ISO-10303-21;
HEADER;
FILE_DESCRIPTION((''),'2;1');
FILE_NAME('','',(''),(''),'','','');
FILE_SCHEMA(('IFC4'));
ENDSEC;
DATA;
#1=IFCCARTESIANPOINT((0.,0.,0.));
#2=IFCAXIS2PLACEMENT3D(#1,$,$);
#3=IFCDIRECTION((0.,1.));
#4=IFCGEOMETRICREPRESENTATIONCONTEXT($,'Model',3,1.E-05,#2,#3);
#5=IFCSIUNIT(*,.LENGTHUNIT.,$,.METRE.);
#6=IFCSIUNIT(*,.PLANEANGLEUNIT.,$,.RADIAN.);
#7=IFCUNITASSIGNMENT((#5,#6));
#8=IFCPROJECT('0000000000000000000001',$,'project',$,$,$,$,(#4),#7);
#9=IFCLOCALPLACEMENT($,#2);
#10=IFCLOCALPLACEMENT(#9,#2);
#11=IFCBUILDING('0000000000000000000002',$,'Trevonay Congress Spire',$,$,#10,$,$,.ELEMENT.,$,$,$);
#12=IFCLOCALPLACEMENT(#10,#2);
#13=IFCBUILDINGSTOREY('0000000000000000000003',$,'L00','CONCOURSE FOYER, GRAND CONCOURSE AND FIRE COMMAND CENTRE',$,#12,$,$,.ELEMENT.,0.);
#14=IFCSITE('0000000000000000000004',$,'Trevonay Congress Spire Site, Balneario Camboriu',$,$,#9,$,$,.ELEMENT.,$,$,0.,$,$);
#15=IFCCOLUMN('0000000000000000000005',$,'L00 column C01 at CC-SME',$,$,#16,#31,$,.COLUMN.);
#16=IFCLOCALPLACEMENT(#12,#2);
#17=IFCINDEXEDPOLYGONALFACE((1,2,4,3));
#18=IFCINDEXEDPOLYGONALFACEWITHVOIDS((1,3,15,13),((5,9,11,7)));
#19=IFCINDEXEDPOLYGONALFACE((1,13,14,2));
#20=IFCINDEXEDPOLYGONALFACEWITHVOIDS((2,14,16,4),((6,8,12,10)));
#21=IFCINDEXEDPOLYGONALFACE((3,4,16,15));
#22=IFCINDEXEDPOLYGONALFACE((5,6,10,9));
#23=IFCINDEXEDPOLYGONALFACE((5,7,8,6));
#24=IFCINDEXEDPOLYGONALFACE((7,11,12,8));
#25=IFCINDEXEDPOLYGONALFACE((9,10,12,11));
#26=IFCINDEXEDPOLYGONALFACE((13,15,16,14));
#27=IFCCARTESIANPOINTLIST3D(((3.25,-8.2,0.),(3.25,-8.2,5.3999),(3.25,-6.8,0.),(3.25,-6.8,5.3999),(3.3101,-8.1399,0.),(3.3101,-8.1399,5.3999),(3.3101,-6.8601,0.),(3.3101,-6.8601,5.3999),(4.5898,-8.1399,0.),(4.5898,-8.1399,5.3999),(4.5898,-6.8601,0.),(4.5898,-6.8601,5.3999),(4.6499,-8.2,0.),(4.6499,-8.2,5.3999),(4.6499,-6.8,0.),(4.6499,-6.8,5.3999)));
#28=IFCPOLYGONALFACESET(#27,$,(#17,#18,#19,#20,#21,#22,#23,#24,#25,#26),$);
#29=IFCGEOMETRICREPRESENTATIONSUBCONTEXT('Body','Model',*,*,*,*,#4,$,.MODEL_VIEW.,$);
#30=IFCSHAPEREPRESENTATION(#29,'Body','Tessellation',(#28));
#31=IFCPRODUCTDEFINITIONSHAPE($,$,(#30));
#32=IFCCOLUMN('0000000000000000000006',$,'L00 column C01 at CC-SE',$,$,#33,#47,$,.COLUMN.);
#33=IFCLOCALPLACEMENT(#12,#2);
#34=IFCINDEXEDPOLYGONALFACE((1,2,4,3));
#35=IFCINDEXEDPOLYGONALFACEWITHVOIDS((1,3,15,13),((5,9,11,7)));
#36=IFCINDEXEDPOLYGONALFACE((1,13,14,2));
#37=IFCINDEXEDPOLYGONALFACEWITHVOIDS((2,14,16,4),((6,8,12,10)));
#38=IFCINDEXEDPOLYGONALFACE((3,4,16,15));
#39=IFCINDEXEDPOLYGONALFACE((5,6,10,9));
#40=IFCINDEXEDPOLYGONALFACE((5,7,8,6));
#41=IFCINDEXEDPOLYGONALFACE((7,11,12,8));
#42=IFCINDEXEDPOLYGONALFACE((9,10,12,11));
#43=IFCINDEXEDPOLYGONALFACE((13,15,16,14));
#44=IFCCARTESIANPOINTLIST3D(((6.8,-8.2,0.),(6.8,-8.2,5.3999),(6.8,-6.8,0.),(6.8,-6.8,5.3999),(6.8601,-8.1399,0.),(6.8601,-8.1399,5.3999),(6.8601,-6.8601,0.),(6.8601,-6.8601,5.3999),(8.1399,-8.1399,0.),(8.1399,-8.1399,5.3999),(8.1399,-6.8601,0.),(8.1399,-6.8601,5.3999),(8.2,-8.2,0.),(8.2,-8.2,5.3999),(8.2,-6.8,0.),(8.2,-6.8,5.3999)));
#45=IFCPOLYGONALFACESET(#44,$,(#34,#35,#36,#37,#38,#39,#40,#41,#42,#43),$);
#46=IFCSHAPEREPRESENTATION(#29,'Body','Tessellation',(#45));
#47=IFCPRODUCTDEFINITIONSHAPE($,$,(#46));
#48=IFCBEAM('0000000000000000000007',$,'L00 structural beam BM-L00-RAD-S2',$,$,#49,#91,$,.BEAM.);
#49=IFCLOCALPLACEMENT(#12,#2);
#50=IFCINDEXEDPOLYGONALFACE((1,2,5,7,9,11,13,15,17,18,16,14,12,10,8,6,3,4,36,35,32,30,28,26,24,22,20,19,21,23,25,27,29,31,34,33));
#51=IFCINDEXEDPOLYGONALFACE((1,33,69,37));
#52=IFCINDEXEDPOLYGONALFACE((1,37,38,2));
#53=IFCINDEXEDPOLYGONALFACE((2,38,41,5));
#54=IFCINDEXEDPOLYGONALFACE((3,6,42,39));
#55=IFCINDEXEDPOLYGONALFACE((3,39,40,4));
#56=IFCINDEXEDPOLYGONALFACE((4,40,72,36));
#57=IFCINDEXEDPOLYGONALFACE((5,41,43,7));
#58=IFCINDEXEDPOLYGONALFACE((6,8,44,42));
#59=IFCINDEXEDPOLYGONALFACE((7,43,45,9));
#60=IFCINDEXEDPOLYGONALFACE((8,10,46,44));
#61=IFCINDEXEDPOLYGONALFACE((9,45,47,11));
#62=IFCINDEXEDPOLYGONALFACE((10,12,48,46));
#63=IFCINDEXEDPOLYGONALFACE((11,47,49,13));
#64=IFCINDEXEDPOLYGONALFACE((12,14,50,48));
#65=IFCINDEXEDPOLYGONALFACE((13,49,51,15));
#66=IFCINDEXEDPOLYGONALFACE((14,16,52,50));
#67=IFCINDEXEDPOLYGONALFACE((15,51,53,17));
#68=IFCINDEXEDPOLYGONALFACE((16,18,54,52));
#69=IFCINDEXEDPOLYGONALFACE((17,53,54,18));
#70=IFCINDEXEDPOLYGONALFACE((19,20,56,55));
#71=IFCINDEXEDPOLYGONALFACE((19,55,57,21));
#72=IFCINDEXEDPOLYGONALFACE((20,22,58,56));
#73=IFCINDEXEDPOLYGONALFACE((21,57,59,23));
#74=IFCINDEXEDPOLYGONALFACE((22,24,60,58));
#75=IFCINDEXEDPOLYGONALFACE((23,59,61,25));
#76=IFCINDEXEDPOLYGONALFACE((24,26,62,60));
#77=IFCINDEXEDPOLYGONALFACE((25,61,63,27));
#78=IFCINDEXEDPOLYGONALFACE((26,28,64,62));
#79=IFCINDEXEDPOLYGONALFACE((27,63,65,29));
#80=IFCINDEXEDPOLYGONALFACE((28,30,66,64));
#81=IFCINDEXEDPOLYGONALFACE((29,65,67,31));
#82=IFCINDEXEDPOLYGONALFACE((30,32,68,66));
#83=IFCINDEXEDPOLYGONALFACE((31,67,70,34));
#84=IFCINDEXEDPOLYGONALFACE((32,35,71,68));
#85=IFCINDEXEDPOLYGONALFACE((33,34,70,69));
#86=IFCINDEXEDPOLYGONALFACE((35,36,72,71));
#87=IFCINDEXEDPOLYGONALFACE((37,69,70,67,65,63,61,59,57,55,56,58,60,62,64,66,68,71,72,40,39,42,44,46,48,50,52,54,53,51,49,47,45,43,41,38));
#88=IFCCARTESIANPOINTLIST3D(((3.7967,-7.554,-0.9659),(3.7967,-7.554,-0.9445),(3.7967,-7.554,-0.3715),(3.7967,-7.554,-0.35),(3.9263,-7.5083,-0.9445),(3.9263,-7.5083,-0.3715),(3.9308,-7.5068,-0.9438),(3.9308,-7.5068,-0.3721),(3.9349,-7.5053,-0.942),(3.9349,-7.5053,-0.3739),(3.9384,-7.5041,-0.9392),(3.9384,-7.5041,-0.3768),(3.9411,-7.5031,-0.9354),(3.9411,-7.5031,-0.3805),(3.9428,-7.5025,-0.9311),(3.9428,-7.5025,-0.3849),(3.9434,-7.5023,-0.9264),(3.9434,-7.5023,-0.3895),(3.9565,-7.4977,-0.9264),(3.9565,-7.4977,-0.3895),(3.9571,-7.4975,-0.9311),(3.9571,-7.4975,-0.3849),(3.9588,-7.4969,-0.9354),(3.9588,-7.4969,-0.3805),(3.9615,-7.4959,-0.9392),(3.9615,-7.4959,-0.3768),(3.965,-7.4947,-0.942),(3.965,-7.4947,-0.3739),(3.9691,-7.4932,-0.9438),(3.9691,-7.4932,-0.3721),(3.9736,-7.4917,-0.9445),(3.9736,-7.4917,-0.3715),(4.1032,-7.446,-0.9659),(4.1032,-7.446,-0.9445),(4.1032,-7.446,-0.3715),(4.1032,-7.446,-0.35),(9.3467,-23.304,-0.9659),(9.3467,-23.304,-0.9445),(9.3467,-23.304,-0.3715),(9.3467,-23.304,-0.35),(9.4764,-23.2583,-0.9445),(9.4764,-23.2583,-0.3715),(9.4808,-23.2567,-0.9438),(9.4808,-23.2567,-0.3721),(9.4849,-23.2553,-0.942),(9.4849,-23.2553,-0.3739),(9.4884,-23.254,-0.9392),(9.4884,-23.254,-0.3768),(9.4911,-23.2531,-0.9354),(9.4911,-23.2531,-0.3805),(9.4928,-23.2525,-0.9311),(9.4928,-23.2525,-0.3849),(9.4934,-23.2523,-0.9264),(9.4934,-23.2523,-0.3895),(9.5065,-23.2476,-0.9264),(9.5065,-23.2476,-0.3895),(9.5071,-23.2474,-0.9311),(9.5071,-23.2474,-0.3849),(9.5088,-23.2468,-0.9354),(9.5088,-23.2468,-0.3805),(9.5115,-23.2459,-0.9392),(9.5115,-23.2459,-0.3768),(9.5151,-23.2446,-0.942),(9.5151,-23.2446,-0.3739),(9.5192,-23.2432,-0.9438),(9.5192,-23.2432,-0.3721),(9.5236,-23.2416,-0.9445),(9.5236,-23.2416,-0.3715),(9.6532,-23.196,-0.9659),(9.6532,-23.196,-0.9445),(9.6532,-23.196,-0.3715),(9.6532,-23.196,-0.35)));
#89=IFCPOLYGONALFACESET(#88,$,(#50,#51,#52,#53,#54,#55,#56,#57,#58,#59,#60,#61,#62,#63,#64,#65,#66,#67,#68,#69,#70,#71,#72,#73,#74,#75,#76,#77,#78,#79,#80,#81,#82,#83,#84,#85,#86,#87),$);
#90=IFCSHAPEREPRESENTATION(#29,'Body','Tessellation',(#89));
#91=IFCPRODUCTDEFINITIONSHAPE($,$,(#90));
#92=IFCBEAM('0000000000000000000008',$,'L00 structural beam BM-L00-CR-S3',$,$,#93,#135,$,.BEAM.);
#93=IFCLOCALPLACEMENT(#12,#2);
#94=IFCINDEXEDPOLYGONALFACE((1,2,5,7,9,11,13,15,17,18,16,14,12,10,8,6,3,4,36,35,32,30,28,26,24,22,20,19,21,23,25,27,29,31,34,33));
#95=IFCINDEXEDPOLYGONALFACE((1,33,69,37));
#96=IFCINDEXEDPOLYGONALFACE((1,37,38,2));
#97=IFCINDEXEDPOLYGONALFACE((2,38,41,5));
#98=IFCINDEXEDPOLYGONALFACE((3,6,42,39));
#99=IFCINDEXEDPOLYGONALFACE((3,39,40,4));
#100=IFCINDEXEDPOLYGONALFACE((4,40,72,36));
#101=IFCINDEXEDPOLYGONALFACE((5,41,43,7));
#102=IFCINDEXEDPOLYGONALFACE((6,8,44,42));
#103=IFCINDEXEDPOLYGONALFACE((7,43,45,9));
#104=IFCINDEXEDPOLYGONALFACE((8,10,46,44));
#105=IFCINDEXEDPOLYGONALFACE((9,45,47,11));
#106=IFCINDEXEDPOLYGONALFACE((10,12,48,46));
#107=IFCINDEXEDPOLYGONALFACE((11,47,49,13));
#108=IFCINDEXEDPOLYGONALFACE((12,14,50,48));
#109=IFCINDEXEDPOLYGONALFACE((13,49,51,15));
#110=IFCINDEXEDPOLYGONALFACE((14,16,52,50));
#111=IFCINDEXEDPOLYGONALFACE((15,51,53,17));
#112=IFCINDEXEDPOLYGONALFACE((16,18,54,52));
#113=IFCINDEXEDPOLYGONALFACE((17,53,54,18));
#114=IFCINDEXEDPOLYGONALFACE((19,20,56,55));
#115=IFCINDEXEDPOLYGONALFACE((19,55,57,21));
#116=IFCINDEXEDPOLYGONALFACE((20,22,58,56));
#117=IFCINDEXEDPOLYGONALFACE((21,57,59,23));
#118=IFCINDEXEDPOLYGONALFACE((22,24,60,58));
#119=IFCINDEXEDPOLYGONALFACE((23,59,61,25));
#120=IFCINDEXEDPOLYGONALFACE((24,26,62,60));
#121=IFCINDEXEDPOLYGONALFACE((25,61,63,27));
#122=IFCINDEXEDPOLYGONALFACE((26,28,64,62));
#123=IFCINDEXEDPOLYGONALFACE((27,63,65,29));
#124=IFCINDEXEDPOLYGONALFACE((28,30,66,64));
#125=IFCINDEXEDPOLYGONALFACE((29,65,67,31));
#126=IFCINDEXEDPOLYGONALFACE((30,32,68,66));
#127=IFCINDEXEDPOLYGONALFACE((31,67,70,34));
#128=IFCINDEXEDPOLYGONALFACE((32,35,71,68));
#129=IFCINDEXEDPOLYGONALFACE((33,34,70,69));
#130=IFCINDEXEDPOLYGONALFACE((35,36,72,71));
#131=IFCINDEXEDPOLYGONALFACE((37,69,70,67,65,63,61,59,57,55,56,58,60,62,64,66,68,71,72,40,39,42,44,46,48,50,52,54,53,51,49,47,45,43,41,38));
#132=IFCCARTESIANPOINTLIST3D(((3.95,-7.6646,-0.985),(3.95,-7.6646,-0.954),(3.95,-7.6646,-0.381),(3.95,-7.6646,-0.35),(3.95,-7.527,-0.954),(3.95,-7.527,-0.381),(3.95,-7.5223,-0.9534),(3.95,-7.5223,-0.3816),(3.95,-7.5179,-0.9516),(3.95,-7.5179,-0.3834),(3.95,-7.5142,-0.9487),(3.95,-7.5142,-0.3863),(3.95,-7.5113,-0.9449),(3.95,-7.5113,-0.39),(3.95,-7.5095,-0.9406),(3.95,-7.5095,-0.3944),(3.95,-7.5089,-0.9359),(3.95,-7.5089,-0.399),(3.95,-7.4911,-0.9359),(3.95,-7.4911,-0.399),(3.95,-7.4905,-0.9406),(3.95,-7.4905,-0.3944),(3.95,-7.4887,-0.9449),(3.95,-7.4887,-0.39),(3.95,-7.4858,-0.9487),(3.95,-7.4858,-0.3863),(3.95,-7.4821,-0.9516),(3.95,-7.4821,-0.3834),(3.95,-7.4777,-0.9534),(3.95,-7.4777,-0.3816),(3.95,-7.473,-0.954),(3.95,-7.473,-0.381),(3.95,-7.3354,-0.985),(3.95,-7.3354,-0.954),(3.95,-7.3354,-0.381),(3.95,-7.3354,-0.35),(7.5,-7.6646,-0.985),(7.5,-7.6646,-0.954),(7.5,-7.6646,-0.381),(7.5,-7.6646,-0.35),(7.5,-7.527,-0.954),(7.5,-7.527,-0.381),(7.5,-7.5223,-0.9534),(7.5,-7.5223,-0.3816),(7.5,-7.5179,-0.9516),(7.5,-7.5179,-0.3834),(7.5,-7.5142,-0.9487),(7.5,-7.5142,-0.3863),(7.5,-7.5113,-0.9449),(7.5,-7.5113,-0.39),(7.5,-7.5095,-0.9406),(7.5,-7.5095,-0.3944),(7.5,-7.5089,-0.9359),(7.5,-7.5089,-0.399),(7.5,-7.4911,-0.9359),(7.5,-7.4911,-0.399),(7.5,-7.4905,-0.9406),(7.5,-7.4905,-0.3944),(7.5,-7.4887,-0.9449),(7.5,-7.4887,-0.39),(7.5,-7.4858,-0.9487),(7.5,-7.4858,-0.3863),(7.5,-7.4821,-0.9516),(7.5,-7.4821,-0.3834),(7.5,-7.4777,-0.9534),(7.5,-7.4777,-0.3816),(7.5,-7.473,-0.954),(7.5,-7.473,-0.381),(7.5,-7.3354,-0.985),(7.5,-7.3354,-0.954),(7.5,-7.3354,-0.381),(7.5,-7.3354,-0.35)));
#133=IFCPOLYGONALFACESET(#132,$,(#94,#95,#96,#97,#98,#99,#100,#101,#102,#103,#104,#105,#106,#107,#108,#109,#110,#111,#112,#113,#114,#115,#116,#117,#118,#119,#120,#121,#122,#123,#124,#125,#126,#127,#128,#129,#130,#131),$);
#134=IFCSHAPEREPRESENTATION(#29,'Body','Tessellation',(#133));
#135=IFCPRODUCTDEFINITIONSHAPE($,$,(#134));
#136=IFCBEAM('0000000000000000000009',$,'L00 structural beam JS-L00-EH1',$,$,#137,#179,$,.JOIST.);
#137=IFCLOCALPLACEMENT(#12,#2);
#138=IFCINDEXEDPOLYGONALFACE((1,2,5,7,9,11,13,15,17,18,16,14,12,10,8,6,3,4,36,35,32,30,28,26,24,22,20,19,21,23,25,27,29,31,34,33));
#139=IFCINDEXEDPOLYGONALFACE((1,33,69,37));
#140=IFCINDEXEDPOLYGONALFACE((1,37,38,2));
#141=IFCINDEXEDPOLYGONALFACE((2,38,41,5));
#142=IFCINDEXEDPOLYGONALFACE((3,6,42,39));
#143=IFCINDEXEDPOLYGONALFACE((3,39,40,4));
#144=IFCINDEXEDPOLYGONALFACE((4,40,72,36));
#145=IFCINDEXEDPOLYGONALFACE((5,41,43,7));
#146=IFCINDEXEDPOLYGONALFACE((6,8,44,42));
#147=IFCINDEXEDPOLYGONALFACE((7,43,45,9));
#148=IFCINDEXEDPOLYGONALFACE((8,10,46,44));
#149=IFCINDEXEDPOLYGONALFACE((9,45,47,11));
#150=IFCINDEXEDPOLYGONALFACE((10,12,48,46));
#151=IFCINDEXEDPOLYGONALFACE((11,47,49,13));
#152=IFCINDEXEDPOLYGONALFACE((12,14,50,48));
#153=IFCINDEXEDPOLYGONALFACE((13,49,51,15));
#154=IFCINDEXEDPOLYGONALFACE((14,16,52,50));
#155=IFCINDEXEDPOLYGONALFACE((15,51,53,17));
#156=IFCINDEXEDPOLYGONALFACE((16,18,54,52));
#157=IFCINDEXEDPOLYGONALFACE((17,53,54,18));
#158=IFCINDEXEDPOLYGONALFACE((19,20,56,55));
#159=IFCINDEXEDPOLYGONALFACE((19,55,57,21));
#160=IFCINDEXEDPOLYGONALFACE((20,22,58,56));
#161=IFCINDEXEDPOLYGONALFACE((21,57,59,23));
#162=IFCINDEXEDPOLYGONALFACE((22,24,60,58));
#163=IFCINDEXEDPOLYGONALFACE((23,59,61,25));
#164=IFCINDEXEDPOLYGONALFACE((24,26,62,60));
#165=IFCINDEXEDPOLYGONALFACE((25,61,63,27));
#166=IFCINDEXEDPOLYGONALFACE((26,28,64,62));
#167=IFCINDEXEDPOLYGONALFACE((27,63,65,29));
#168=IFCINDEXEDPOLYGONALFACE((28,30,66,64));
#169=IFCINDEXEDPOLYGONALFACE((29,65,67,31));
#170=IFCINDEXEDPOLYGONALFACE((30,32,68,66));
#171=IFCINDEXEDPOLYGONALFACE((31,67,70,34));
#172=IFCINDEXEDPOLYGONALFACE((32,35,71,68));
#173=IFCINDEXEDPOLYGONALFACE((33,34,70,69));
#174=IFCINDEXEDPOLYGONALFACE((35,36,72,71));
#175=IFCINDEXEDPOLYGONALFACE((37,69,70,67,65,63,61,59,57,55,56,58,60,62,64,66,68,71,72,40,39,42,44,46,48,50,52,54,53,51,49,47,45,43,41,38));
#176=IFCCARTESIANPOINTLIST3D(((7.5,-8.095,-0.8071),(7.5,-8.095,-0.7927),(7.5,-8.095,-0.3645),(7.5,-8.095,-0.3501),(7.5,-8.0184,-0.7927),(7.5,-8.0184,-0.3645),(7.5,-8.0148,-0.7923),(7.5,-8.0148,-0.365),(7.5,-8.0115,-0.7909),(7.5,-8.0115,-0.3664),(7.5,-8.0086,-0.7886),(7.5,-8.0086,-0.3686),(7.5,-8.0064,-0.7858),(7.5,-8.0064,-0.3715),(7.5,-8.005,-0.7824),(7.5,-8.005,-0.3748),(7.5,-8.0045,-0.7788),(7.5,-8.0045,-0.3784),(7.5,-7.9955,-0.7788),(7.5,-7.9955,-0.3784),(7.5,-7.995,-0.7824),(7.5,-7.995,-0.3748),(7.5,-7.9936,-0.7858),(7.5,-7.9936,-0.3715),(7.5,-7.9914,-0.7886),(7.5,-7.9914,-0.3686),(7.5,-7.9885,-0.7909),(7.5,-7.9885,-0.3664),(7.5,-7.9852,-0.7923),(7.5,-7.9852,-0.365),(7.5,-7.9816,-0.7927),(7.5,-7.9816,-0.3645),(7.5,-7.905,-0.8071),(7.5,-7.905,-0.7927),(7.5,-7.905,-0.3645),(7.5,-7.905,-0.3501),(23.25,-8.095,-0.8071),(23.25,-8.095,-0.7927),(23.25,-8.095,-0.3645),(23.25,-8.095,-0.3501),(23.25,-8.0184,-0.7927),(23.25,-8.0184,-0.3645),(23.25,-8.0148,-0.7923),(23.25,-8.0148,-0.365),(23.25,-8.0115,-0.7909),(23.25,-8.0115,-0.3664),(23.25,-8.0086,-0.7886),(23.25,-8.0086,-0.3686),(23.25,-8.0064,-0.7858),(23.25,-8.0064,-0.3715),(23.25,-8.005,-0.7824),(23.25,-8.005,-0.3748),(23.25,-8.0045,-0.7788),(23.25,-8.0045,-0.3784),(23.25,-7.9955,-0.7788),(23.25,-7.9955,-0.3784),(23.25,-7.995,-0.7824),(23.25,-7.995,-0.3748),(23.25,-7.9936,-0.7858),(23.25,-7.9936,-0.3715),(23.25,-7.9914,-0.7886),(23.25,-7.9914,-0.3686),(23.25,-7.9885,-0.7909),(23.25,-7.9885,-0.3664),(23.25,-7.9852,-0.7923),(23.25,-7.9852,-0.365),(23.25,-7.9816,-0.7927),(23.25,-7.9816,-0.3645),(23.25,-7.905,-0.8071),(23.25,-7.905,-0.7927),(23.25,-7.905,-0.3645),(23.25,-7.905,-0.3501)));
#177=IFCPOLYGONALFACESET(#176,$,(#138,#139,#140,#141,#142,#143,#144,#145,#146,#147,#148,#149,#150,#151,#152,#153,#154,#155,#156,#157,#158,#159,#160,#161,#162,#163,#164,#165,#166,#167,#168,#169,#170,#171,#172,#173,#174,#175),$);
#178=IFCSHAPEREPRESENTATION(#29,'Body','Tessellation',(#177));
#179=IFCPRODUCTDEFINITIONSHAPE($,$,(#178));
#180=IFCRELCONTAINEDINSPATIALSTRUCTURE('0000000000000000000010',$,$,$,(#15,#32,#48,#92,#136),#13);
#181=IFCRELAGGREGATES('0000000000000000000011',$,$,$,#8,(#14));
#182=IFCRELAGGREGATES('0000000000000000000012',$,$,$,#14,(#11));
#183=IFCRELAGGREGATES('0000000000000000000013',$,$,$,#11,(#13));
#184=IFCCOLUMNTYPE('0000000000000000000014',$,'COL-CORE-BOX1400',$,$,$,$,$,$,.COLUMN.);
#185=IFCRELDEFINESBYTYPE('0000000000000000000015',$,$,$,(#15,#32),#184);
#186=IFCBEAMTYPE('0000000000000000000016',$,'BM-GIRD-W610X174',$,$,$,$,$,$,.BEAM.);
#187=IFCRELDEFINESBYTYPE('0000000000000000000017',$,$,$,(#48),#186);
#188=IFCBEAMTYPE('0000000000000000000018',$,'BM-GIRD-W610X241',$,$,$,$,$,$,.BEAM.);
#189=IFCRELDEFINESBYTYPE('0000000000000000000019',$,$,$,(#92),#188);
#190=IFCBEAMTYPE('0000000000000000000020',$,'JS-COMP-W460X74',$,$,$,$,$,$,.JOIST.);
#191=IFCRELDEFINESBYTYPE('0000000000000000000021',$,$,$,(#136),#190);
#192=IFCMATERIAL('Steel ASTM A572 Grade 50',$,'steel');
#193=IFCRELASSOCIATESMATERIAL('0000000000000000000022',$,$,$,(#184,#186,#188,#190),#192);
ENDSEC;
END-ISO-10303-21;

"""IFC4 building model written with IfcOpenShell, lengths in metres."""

from ifc_helpers import new_model, si_unit, direction, frame, origin, origin_2d, place, context, subcontext, project, spatial, hollow_rectangle, i_section, extrude, material, material_profile, profile_set, type_object, element, save


model = new_model("IFC4")

# Units and contexts
model_context = context("Model", 3, precision=1e-05, world=origin(), true_north=direction((0.0, 1.0)))
body_context = subcontext(model_context, "Body", "Model", "MODEL_VIEW")
ifc_project = project(units=[si_unit("LENGTHUNIT", "METRE"), si_unit("PLANEANGLEUNIT", "RADIAN")], contexts=[model_context])

# Site, building, storey
site_placement = place(None, origin())
site = spatial("IfcSite", under=ifc_project, at=site_placement, Name="Trevonay Congress Spire Site, Balneario Camboriu", CompositionType="ELEMENT", RefElevation=0.0)
building_placement = place(site_placement, origin())
building = spatial("IfcBuilding", under=site, at=building_placement, Name="Trevonay Congress Spire", CompositionType="ELEMENT")
storey_placement = place(building_placement, origin())
storey = spatial("IfcBuildingStorey", under=building, at=storey_placement, Name="L00", Description="CONCOURSE FOYER, GRAND CONCOURSE AND FIRE COMMAND CENTRE", CompositionType="ELEMENT", Elevation=0.0)

# Columns
ifc_material_1 = material(Name="Steel ASTM A572 Grade 50", Category="steel")
ifc_material_profile_1 = material_profile(ifc_material_1, hollow_rectangle(XDim=1.3999, YDim=1.3999, WallThickness=0.0601, at=origin_2d()), Name="BOX 1400x1400x60")
ifc_profile_set_1 = profile_set([ifc_material_profile_1], Name="Steel ASTM A572 Grade 50")
column_type = type_object("IfcColumnType", Name="COL-CORE-BOX1400", PredefinedType="COLUMN", material=ifc_profile_set_1)
for number, where, z_axis, x_axis, name in (
    (1, (3.95, -7.5, 0.0), (0.0, 0.0, 1.0), (1.0, 0.0, 0.0), "L00 column C01 at CC-SME"),
    (2, (7.5, -7.5, 0.0), (0.0, 0.0, 1.0), (1.0, 0.0, 0.0), "L00 column C01 at CC-SE"),
):
    element("IfcColumn", number, at=place(storey_placement, frame(where, z_axis=z_axis, x_axis=x_axis)), inside=storey, type_object=column_type, Name=name, PredefinedType="COLUMN", context=body_context, shape_type="SweptSolid", body=[
        extrude(hollow_rectangle(XDim=1.3999, YDim=1.3999, WallThickness=0.0601, at=origin_2d()), origin(), (0.0, 0.0, 1.0), 5.3999),
    ])

# Beams
ifc_material_profile_2 = material_profile(ifc_material_1, i_section(OverallWidth=0.325, OverallDepth=0.616, WebThickness=0.0139, FlangeThickness=0.0215, FilletRadius=0.0181, at=origin_2d()), Name="W610x174")
ifc_profile_set_2 = profile_set([ifc_material_profile_2], Name="Steel ASTM A572 Grade 50")
beam_type_1 = type_object("IfcBeamType", Name="BM-GIRD-W610X174", PredefinedType="BEAM", material=ifc_profile_set_2)
beam_1_placement = place(storey_placement, frame((3.95, -7.5, -0.658), z_axis=(0.332353, -0.943155, 0.0), x_axis=(0.943155, 0.332353, 0.0)))
element("IfcBeam", 3, at=beam_1_placement, inside=storey, type_object=beam_type_1, Name="L00 structural beam BM-L00-RAD-S2", PredefinedType="BEAM", context=body_context, shape_type="SweptSolid", body=[
    extrude(i_section(OverallWidth=0.325, OverallDepth=0.616, WebThickness=0.0139, FlangeThickness=0.0215, FilletRadius=0.0181, at=origin_2d()), origin(), (0.0, 0.0, 1.0), 16.6992),
])
ifc_material_profile_3 = material_profile(ifc_material_1, i_section(OverallWidth=0.3291, OverallDepth=0.635, WebThickness=0.0178, FlangeThickness=0.031, FilletRadius=0.0181, at=origin_2d()), Name="W610x241")
ifc_profile_set_3 = profile_set([ifc_material_profile_3], Name="Steel ASTM A572 Grade 50")
beam_type_2 = type_object("IfcBeamType", Name="BM-GIRD-W610X241", PredefinedType="BEAM", material=ifc_profile_set_3)
beam_2_placement = place(storey_placement, frame((3.95, -7.5, -0.6675), z_axis=(1.0, 0.0, 0.0), x_axis=(0.0, 1.0, 0.0)))
element("IfcBeam", 4, at=beam_2_placement, inside=storey, type_object=beam_type_2, Name="L00 structural beam BM-L00-CR-S3", PredefinedType="BEAM", context=body_context, shape_type="SweptSolid", body=[
    extrude(i_section(OverallWidth=0.3291, OverallDepth=0.635, WebThickness=0.0178, FlangeThickness=0.031, FilletRadius=0.0181, at=origin_2d()), origin(), (0.0, 0.0, 1.0), 3.55),
])
ifc_material_profile_4 = material_profile(ifc_material_1, i_section(OverallWidth=0.1899, OverallDepth=0.457, WebThickness=0.009, FlangeThickness=0.0144, FilletRadius=0.0139, at=origin_2d()), Name="W460x74")
ifc_profile_set_4 = profile_set([ifc_material_profile_4], Name="Steel ASTM A572 Grade 50")
beam_type_3 = type_object("IfcBeamType", Name="JS-COMP-W460X74", PredefinedType="JOIST", material=ifc_profile_set_4)
for number, where, z_axis, x_axis, name in (
    (5, (7.5, -8.0, -0.5786), (1.0, 0.0, 0.0), (0.0, 1.0, 0.0), "L00 structural beam JS-L00-EH1"),
):
    element("IfcBeam", number, at=place(storey_placement, frame(where, z_axis=z_axis, x_axis=x_axis)), inside=storey, type_object=beam_type_3, Name=name, PredefinedType="JOIST", context=body_context, shape_type="SweptSolid", body=[
        extrude(i_section(OverallWidth=0.1899, OverallDepth=0.457, WebThickness=0.009, FlangeThickness=0.0144, FilletRadius=0.0139, at=origin_2d()), origin(), (0.0, 0.0, 1.0), 15.75),
    ])

save(model, "model.ifc")
